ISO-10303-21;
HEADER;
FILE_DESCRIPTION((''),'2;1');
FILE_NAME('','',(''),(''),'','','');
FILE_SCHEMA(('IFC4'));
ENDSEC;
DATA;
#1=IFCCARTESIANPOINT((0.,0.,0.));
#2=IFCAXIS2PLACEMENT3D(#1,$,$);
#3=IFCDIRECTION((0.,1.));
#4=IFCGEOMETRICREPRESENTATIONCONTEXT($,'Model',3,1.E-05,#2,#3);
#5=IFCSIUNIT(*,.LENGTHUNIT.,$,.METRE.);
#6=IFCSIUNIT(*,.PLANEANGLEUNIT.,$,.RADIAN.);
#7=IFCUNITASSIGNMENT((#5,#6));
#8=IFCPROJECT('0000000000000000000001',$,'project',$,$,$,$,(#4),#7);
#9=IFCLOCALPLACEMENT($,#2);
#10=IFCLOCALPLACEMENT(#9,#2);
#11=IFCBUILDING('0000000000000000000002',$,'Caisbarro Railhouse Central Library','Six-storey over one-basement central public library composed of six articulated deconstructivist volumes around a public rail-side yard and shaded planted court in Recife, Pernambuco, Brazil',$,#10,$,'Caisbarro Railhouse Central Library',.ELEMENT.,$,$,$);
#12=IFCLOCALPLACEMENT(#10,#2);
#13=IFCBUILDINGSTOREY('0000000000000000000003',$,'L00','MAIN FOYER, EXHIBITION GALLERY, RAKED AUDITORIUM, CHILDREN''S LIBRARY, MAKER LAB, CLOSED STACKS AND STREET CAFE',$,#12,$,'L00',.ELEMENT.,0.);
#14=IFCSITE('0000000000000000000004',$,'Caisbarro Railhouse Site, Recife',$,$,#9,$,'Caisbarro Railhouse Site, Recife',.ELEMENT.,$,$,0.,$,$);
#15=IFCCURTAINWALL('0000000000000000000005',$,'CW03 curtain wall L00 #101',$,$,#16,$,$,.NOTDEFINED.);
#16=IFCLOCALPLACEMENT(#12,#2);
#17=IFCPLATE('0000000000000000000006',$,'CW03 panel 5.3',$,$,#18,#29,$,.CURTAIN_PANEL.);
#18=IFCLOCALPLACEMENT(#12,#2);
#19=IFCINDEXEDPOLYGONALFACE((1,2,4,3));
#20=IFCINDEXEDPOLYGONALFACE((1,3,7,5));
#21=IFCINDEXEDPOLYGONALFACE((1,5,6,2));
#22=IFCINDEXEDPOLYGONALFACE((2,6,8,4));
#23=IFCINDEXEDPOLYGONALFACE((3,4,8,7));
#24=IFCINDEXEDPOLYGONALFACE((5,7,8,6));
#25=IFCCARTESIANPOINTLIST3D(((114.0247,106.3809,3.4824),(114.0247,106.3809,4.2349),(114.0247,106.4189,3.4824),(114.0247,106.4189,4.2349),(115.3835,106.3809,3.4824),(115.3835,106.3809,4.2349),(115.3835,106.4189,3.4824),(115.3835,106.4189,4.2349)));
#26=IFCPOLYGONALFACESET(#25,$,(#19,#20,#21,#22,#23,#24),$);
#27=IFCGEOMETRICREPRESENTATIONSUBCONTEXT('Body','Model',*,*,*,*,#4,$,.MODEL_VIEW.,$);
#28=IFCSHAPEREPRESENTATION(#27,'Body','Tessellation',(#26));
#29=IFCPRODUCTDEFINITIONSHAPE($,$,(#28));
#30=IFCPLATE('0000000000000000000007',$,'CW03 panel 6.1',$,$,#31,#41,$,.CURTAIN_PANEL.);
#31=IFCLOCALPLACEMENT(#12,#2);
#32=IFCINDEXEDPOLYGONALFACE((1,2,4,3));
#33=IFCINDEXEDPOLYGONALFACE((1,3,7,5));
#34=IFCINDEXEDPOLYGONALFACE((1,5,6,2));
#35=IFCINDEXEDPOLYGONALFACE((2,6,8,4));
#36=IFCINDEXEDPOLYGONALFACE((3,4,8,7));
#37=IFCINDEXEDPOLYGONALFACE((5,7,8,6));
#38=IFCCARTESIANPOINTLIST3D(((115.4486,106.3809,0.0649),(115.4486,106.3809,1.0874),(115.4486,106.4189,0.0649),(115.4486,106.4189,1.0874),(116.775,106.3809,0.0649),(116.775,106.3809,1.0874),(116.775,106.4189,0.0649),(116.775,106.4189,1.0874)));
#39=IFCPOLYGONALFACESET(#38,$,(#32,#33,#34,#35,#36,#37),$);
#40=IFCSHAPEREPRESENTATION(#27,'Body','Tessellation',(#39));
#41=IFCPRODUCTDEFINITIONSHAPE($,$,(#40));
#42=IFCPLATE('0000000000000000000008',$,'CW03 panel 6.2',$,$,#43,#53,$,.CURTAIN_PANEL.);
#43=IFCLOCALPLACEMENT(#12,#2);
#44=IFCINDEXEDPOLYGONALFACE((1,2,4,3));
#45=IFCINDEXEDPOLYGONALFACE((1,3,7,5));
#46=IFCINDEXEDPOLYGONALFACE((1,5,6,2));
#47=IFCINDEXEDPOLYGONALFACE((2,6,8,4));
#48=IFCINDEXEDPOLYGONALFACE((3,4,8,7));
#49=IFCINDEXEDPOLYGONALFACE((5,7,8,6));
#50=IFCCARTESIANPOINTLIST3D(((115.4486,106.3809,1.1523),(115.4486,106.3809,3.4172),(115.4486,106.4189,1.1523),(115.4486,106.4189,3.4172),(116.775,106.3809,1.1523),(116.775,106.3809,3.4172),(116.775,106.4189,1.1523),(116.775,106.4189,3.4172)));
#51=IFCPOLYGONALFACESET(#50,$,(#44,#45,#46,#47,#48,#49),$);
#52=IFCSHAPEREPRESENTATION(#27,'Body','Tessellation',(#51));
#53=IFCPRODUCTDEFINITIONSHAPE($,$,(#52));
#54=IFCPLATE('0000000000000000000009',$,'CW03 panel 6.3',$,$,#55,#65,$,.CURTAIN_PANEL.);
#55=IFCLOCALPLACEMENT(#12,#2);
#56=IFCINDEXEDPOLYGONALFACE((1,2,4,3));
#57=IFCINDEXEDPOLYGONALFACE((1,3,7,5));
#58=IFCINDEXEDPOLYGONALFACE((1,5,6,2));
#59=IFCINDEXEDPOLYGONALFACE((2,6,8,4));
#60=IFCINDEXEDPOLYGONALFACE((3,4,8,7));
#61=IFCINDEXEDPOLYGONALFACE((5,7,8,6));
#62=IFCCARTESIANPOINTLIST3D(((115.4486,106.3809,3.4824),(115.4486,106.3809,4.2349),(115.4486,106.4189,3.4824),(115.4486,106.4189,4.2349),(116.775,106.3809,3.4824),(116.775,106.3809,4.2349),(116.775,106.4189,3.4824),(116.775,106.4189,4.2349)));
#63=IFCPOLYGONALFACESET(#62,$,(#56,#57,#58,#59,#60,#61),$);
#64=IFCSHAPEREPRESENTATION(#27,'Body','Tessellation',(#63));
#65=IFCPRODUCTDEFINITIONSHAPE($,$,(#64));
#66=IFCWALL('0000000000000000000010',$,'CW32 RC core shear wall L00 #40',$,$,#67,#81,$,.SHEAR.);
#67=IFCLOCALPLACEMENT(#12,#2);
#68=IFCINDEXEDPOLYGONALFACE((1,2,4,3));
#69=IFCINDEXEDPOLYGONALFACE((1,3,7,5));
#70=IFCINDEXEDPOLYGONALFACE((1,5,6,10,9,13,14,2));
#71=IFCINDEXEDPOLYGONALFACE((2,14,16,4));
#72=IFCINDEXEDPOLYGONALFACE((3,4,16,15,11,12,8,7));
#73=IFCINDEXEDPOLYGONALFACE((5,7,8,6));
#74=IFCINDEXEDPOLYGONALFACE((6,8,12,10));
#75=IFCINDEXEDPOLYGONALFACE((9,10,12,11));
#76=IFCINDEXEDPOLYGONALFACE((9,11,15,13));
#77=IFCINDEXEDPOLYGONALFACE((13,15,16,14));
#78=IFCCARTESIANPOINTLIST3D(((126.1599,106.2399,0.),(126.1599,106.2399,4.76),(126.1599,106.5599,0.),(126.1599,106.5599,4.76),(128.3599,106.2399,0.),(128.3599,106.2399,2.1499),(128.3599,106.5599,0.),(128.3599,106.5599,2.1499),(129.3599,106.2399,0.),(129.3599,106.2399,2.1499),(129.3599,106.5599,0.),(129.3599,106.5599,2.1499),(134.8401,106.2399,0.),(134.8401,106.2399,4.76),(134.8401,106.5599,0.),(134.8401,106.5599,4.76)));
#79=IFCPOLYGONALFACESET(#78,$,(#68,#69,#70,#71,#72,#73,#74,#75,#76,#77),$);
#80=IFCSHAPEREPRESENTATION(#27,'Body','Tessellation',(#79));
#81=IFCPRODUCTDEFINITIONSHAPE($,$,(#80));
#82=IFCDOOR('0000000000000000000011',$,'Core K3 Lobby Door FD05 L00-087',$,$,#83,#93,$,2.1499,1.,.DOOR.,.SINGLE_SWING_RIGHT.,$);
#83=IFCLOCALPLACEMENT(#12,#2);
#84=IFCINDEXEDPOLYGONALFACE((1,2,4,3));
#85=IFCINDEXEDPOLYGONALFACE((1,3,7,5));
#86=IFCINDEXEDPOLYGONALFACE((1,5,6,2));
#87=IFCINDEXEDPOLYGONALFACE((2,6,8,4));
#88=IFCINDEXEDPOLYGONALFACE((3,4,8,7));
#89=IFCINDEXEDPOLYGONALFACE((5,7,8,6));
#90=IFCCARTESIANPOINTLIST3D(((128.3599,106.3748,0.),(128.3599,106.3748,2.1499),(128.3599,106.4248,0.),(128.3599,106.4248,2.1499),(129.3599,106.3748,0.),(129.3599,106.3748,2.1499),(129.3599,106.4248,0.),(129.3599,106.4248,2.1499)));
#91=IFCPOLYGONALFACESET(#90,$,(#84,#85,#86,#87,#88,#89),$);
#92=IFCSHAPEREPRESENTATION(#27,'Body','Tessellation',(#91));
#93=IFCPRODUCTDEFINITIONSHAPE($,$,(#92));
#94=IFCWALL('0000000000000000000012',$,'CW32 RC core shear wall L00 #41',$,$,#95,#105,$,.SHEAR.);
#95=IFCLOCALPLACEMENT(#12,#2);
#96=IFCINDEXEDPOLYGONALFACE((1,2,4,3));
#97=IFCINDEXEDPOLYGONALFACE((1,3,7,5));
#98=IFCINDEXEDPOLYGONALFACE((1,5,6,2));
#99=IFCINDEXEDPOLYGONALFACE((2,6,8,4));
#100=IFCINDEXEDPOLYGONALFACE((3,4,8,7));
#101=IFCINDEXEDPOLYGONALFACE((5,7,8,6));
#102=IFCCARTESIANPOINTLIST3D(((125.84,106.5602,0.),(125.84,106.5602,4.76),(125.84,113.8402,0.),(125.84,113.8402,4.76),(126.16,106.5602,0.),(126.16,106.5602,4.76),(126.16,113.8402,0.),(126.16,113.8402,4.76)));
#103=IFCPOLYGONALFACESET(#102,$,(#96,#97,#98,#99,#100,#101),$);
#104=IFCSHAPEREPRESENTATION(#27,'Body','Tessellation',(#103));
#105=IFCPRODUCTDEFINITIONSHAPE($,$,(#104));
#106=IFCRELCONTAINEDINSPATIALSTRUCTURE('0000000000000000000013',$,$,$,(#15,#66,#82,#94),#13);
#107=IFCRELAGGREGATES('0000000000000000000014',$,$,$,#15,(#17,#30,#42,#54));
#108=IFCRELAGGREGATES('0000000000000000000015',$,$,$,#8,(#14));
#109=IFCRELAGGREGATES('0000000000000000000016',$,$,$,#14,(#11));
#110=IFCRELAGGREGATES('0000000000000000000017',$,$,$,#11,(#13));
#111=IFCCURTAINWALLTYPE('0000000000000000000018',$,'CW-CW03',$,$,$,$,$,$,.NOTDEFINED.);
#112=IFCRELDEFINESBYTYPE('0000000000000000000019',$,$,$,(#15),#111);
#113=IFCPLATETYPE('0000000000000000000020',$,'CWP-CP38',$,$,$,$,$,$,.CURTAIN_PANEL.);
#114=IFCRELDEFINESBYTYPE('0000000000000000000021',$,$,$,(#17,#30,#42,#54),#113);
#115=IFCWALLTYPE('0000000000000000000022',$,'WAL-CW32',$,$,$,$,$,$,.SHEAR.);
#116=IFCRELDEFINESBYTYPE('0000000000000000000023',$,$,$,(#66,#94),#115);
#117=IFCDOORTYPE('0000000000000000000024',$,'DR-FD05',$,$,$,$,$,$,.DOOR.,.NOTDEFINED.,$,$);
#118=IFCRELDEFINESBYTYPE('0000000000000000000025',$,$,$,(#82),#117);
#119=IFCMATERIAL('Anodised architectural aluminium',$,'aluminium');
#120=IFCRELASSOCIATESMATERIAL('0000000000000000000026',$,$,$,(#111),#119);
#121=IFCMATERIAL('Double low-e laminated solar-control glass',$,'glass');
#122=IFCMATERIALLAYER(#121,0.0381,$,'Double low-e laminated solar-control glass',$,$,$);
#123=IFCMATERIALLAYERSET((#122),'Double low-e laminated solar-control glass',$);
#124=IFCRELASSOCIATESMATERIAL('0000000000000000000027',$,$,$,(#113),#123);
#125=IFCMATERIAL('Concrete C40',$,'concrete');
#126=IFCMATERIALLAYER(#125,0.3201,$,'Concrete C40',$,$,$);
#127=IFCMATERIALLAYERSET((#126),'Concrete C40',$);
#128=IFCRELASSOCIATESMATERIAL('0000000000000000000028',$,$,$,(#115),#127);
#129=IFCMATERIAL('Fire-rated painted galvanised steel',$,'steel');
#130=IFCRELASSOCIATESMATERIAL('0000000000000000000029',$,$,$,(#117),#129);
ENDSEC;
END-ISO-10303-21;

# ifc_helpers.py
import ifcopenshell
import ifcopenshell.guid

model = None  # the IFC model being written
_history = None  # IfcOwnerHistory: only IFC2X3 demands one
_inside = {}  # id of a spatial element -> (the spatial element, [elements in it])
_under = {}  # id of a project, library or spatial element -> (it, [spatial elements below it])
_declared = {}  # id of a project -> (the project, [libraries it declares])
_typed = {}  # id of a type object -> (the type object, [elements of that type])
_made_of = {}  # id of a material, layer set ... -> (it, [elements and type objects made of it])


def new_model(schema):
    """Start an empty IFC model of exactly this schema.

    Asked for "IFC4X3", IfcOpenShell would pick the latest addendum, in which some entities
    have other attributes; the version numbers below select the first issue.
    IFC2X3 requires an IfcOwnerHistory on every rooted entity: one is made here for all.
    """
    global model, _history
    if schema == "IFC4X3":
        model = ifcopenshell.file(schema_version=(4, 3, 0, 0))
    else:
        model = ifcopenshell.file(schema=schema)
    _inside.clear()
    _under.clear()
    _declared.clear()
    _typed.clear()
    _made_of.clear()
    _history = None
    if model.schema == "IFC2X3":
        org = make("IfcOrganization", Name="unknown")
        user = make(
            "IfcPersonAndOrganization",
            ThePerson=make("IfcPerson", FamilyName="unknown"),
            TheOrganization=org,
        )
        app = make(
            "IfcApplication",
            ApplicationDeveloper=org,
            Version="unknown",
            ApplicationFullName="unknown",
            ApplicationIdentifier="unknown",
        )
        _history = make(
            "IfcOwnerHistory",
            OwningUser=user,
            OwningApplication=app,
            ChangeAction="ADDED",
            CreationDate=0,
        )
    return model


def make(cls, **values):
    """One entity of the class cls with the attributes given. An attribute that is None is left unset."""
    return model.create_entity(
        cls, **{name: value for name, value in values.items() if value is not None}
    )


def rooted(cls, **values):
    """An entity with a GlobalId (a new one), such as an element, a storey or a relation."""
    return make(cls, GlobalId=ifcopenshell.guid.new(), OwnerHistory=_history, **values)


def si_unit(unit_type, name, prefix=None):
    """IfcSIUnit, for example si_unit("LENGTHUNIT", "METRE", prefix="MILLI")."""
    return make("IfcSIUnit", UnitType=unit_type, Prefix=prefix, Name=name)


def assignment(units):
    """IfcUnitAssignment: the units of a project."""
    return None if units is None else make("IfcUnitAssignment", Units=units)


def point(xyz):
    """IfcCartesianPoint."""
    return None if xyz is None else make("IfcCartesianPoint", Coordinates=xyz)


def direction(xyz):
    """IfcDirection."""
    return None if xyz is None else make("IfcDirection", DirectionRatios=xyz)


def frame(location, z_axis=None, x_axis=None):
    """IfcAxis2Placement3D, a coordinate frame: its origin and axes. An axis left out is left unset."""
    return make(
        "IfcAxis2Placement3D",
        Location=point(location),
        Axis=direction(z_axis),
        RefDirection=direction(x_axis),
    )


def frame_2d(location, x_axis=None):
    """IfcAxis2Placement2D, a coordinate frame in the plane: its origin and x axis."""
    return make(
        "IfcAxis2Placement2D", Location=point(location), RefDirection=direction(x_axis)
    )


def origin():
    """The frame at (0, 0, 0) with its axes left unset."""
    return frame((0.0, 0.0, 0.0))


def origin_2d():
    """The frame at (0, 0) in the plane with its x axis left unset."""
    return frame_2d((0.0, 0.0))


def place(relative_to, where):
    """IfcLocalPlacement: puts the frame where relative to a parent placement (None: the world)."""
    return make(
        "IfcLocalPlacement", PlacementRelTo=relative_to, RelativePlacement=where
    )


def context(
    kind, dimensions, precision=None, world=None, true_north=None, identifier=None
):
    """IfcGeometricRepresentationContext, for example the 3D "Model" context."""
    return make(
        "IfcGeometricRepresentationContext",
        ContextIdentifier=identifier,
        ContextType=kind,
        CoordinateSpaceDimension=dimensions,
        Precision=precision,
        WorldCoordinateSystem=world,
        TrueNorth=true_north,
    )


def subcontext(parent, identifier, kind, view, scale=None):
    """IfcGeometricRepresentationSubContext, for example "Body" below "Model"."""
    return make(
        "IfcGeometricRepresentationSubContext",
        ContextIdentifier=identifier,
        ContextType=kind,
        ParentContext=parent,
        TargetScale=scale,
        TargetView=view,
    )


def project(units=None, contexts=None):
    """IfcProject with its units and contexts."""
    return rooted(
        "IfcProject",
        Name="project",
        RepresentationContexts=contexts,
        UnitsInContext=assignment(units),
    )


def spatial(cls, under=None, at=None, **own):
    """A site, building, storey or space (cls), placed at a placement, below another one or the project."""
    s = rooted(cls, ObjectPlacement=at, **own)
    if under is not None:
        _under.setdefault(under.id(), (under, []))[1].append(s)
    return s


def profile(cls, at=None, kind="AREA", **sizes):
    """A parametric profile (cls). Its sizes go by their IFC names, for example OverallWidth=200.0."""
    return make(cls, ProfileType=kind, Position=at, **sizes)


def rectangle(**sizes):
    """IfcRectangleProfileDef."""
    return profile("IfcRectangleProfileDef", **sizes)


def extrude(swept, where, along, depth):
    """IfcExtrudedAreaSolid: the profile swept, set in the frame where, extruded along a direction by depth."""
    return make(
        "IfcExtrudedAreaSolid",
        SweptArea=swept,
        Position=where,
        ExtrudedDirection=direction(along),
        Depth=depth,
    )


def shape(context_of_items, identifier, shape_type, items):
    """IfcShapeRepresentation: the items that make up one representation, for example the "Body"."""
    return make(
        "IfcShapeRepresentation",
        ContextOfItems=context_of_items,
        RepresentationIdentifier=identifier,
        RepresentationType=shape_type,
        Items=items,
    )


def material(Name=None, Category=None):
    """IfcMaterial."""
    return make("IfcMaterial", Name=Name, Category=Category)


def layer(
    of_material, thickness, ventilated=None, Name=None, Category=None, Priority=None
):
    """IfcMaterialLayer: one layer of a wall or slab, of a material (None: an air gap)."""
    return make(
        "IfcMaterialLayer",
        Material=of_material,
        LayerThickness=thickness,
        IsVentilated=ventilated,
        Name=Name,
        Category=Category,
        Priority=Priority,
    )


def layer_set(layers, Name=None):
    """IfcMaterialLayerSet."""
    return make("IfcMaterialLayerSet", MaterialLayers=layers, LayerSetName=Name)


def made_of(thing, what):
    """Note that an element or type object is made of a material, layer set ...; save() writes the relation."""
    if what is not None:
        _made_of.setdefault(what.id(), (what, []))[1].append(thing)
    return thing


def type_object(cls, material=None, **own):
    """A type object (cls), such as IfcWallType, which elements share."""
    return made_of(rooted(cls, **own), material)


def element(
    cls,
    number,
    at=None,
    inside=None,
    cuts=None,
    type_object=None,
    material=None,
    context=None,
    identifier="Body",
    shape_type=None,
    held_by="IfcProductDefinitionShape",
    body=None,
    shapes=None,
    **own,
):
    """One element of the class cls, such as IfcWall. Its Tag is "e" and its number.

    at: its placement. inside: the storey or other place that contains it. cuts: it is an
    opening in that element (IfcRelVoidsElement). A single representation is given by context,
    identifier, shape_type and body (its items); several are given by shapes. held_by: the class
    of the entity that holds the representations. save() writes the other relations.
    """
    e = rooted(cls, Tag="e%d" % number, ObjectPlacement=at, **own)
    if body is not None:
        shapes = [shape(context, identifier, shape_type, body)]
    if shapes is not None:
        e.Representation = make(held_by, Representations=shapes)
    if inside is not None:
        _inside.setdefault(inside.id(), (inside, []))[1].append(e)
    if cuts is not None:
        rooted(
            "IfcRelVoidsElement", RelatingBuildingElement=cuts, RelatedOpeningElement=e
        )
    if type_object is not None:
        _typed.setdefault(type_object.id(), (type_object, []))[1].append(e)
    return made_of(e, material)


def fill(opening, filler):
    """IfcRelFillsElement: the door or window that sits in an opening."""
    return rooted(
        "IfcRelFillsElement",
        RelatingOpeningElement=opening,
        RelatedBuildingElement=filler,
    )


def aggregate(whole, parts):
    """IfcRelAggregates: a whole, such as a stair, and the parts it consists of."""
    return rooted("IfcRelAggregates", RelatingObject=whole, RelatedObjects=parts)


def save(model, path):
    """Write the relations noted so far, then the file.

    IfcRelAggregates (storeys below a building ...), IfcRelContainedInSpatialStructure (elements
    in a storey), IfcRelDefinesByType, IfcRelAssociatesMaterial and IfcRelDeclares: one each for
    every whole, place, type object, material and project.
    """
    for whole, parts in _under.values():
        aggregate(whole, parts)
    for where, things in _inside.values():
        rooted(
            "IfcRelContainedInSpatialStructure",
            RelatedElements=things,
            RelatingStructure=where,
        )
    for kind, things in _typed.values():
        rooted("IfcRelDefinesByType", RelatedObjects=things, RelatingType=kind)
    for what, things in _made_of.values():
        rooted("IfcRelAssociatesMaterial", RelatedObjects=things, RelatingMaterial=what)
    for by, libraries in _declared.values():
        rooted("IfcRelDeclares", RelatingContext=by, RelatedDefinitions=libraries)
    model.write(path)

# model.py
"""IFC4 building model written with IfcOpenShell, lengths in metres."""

from ifc_helpers import new_model, si_unit, direction, frame, frame_2d, origin, origin_2d, place, context, subcontext, project, spatial, rectangle, extrude, material, layer, layer_set, type_object, element, fill, aggregate, save


model = new_model("IFC4")

# Units and contexts
model_context = context("Model", 3, precision=1e-05, world=origin(), true_north=direction((0.0, 1.0)))
body_context = subcontext(model_context, "Body", "Model", "MODEL_VIEW")
ifc_project = project(units=[si_unit("LENGTHUNIT", "METRE"), si_unit("PLANEANGLEUNIT", "RADIAN")], contexts=[model_context])

# Site, building, storey
site_placement = place(None, origin())
site = spatial("IfcSite", under=ifc_project, at=site_placement, Name="Caisbarro Railhouse Site, Recife", LongName="Caisbarro Railhouse Site, Recife", CompositionType="ELEMENT", RefElevation=0.0)
building_placement = place(site_placement, origin())
building = spatial("IfcBuilding", under=site, at=building_placement, Name="Caisbarro Railhouse Central Library", Description="Six-storey over one-basement central public library composed of six articulated deconstructivist volumes around a public rail-side yard and shaded planted court in Recife, Pernambuco, Brazil", LongName="Caisbarro Railhouse Central Library", CompositionType="ELEMENT")
storey_placement = place(building_placement, origin())
storey = spatial("IfcBuildingStorey", under=building, at=storey_placement, Name="L00", Description="MAIN FOYER, EXHIBITION GALLERY, RAKED AUDITORIUM, CHILDREN'S LIBRARY, MAKER LAB, CLOSED STACKS AND STREET CAFE", LongName="L00", CompositionType="ELEMENT", Elevation=0.0)

# Shared definitions
ifc_material_1 = material(Name="Concrete C40", Category="concrete")

# Curtain wall
ifc_material_2 = material(Name="Anodised architectural aluminium", Category="aluminium")
curtain_wall_type = type_object("IfcCurtainWallType", Name="CW-CW03", PredefinedType="NOTDEFINED", material=ifc_material_2)
curtain_wall_1_placement = place(storey_placement, origin())
curtain_wall_1 = element("IfcCurtainWall", 1, at=curtain_wall_1_placement, inside=storey, type_object=curtain_wall_type, Name="CW03 curtain wall L00 #101", PredefinedType="NOTDEFINED")

# Plates
ifc_material_3 = material(Name="Double low-e laminated solar-control glass", Category="glass")
ifc_layer_1 = layer(ifc_material_3, 0.0381, Name="Double low-e laminated solar-control glass")
ifc_layer_set_1 = layer_set([ifc_layer_1], Name="Double low-e laminated solar-control glass")
plate_type = type_object("IfcPlateType", Name="CWP-CP38", PredefinedType="CURTAIN_PANEL", material=ifc_layer_set_1)
plate_1_placement = place(storey_placement, frame((114.7041, 106.3999, 3.4824), z_axis=(0.0, 0.0, 1.0), x_axis=(1.0, 0.0, 0.0)))
plate_1 = element("IfcPlate", 2, at=plate_1_placement, type_object=plate_type, Name="CW03 panel 5.3", PredefinedType="CURTAIN_PANEL", context=body_context, shape_type="SweptSolid", body=[
    extrude(rectangle(XDim=1.3589, YDim=0.0381, at=origin_2d()), origin(), (0.0, 0.0, 1.0), 0.7524),
])
plate_2_placement = place(storey_placement, frame((116.1118, 106.3999, 0.0649), z_axis=(0.0, 0.0, 1.0), x_axis=(1.0, 0.0, 0.0)))
plate_2 = element("IfcPlate", 3, at=plate_2_placement, type_object=plate_type, Name="CW03 panel 6.1", PredefinedType="CURTAIN_PANEL", context=body_context, shape_type="SweptSolid", body=[
    extrude(rectangle(XDim=1.3264, YDim=0.0381, at=origin_2d()), origin(), (0.0, 0.0, 1.0), 1.0225),
])
plate_3_placement = place(storey_placement, frame((116.1118, 106.3999, 1.1523), z_axis=(0.0, 0.0, 1.0), x_axis=(1.0, 0.0, 0.0)))
plate_3 = element("IfcPlate", 4, at=plate_3_placement, type_object=plate_type, Name="CW03 panel 6.2", PredefinedType="CURTAIN_PANEL", context=body_context, shape_type="SweptSolid", body=[
    extrude(rectangle(XDim=1.3264, YDim=0.0381, at=origin_2d()), origin(), (0.0, 0.0, 1.0), 2.2649),
])
plate_4_placement = place(storey_placement, frame((116.1118, 106.3999, 3.4824), z_axis=(0.0, 0.0, 1.0), x_axis=(1.0, 0.0, 0.0)))
plate_4 = element("IfcPlate", 5, at=plate_4_placement, type_object=plate_type, Name="CW03 panel 6.3", PredefinedType="CURTAIN_PANEL", context=body_context, shape_type="SweptSolid", body=[
    extrude(rectangle(XDim=1.3264, YDim=0.0381, at=origin_2d()), origin(), (0.0, 0.0, 1.0), 0.7524),
])
aggregate(curtain_wall_1, [plate_1, plate_2, plate_3, plate_4])

# Wall, opening, door
ifc_layer_2 = layer(ifc_material_1, 0.3201, Name="Concrete C40")
ifc_layer_set_2 = layer_set([ifc_layer_2], Name="Concrete C40")
wall_type = type_object("IfcWallType", Name="WAL-CW32", PredefinedType="SHEAR", material=ifc_layer_set_2)
wall_1_placement = place(storey_placement, frame((126.1599, 106.3999, 0.0), z_axis=(0.0, 0.0, 1.0), x_axis=(1.0, 0.0, 0.0)))
wall_1 = element("IfcWall", 6, at=wall_1_placement, inside=storey, type_object=wall_type, Name="CW32 RC core shear wall L00 #40", PredefinedType="SHEAR", context=body_context, shape_type="SweptSolid", body=[
    extrude(rectangle(XDim=8.6802, YDim=0.3201, at=frame_2d((4.3401, 0.0))), origin(), (0.0, 0.0, 1.0), 4.76),
])
opening_placement = place(wall_1_placement, frame((2.2, 0.0, 0.0)))
opening = element("IfcOpeningElement", 7, at=opening_placement, cuts=wall_1, PredefinedType="OPENING", context=body_context, shape_type="SweptSolid", body=[
    extrude(rectangle(XDim=1.0, YDim=2.1499, at=frame_2d((0.5, 1.075))), frame((0.0, 0.1699, 0.0), z_axis=(0.0, -1.0, 0.0), x_axis=(1.0, 0.0, 0.0)), (0.0, 0.0, 1.0), 0.3401),
])
ifc_material_4 = material(Name="Fire-rated painted galvanised steel", Category="steel")
door_type = type_object("IfcDoorType", Name="DR-FD05", OperationType="NOTDEFINED", PredefinedType="DOOR", material=ifc_material_4)
door_placement = place(opening_placement, origin())
door = element("IfcDoor", 8, at=door_placement, inside=storey, type_object=door_type, Name="Core K3 Lobby Door FD05 L00-087", OperationType="SINGLE_SWING_RIGHT", OverallHeight=2.1499, OverallWidth=1.0, PredefinedType="DOOR", context=body_context, shape_type="SweptSolid", body=[
    extrude(rectangle(XDim=1.0, YDim=2.1499, at=frame_2d((0.5, 1.075))), frame((0.0, 0.0249, 0.0), z_axis=(0.0, -1.0, 0.0), x_axis=(1.0, 0.0, 0.0)), (0.0, 0.0, 1.0), 0.05),
])
fill(opening, door)

# Wall
wall_2_placement = place(storey_placement, frame((126.0, 106.5601, 0.0), z_axis=(0.0, 0.0, 1.0), x_axis=(0.0, 1.0, 0.0)))
element("IfcWall", 9, at=wall_2_placement, inside=storey, type_object=wall_type, Name="CW32 RC core shear wall L00 #41", PredefinedType="SHEAR", context=body_context, shape_type="SweptSolid", body=[
    extrude(rectangle(XDim=7.28, YDim=0.3201, at=frame_2d((3.6401, 0.0))), origin(), (0.0, 0.0, 1.0), 4.76),
])

save(model, "model.ifc")
